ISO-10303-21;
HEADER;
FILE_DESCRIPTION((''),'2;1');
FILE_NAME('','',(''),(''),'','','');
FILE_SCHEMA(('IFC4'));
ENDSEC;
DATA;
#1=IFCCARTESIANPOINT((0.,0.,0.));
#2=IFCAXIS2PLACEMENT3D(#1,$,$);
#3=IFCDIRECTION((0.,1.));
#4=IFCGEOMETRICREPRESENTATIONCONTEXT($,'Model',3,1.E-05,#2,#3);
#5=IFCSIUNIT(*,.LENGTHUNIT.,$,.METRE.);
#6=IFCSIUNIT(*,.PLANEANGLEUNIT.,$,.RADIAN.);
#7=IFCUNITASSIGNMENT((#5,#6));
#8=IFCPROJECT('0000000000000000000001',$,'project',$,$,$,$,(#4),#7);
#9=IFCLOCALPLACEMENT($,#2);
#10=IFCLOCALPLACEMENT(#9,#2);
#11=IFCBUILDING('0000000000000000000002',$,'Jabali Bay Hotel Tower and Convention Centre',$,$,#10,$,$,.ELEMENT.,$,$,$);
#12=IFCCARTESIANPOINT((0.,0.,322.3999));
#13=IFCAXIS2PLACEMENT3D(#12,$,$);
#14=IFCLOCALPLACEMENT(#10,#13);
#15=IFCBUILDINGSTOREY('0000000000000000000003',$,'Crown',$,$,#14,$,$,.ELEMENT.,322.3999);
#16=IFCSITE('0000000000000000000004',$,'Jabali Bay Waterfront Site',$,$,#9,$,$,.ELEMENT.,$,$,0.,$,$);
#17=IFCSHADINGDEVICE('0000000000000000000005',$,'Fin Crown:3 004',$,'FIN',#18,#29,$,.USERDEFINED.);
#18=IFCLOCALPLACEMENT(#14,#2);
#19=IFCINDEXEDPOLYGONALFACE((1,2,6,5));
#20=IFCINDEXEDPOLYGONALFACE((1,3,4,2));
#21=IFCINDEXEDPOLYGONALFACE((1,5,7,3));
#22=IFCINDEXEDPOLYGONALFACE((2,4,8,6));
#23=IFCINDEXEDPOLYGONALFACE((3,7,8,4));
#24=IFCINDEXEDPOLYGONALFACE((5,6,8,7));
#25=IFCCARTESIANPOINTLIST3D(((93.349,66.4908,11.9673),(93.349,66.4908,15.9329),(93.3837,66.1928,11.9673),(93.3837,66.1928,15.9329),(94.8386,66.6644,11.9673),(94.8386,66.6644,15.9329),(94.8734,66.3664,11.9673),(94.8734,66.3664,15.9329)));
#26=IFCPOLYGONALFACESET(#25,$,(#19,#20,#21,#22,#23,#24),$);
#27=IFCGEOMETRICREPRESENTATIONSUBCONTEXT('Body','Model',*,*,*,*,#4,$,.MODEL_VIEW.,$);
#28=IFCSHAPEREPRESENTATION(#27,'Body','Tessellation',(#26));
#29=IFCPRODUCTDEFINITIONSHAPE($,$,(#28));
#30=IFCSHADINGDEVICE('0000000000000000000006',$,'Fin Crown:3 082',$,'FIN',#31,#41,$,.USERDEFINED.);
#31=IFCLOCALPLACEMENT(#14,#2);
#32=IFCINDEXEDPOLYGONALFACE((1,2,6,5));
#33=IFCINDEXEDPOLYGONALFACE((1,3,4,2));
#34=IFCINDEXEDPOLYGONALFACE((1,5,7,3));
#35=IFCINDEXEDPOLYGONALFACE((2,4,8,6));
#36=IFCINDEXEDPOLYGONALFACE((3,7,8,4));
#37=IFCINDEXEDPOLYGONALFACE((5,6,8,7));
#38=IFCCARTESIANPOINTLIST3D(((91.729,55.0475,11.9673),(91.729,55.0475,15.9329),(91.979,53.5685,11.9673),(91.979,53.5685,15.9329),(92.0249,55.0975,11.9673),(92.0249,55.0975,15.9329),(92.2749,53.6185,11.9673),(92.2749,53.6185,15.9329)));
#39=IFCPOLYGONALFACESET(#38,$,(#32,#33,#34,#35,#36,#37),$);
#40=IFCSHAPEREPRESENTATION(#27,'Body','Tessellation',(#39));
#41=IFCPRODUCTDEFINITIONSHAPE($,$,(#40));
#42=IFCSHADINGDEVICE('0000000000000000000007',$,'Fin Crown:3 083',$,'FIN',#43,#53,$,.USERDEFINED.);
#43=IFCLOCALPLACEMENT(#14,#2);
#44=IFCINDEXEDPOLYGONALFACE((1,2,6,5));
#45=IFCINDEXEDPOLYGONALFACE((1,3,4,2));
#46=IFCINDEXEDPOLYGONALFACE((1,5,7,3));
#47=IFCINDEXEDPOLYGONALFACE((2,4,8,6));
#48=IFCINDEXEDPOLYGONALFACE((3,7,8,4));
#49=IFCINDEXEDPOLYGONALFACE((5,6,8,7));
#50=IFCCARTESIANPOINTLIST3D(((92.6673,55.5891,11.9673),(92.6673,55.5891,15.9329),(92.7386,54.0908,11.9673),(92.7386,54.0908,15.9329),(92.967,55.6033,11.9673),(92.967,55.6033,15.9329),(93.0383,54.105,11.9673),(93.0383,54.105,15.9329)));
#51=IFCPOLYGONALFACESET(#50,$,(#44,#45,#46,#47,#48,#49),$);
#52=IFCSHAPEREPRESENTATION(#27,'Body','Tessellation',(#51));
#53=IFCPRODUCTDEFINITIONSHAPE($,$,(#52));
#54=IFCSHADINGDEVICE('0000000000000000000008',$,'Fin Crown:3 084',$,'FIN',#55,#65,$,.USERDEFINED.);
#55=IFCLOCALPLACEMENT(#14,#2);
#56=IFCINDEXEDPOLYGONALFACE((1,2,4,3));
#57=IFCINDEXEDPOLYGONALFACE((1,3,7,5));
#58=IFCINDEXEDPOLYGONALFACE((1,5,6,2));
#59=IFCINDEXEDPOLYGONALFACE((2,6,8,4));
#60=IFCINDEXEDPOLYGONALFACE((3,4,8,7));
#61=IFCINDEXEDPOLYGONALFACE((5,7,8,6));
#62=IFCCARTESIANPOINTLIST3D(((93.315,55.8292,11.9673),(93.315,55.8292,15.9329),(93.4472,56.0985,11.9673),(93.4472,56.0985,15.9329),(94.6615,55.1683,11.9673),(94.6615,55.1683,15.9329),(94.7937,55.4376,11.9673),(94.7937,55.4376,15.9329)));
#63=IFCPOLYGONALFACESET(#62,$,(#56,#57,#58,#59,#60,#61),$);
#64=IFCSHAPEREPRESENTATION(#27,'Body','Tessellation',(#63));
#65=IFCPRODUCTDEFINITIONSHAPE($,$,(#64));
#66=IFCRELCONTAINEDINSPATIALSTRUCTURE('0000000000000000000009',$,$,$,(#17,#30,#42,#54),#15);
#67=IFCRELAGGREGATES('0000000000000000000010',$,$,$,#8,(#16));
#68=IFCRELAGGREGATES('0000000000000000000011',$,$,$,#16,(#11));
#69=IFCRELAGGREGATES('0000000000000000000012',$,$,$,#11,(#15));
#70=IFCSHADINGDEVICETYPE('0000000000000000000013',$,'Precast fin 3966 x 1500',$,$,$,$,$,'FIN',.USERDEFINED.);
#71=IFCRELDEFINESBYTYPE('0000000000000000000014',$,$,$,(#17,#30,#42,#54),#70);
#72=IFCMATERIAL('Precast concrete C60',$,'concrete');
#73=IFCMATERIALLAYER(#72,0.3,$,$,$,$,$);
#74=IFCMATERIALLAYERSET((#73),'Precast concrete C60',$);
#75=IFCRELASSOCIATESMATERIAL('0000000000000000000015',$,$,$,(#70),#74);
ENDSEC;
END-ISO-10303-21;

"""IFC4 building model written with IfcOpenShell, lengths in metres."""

from ifc_helpers import new_model, si_unit, direction, frame, frame_2d, origin, place, context, subcontext, project, spatial, rectangle, extrude, material, layer, layer_set, type_object, element, save


model = new_model("IFC4")

# Units and contexts
model_context = context("Model", 3, precision=1e-05, world=origin(), true_north=direction((0.0, 1.0)))
body_context = subcontext(model_context, "Body", "Model", "MODEL_VIEW")
ifc_project = project(units=[si_unit("LENGTHUNIT", "METRE"), si_unit("PLANEANGLEUNIT", "RADIAN")], contexts=[model_context])

# Site, building, storey
site_placement = place(None, origin())
site = spatial("IfcSite", under=ifc_project, at=site_placement, Name="Jabali Bay Waterfront Site", CompositionType="ELEMENT", RefElevation=0.0)
building_placement = place(site_placement, origin())
building = spatial("IfcBuilding", under=site, at=building_placement, Name="Jabali Bay Hotel Tower and Convention Centre", CompositionType="ELEMENT")
storey_placement = place(building_placement, frame((0.0, 0.0, 322.3999)))
storey = spatial("IfcBuildingStorey", under=building, at=storey_placement, Name="Crown", CompositionType="ELEMENT", Elevation=322.3999)

# Shading devices
ifc_material_1 = material(Name="Precast concrete C60", Category="concrete")
ifc_layer = layer(ifc_material_1, 0.3)
ifc_layer_set = layer_set([ifc_layer], Name="Precast concrete C60")
shading_device_type = type_object("IfcShadingDeviceType", Name="Precast fin 3966 x 1500", ElementType="FIN", PredefinedType="USERDEFINED", material=ifc_layer_set)
for number, where, z_axis, x_axis, name in (
    (1, (93.3662, 66.3418, 11.9673), (0.0, 0.0, 1.0), (0.99328, 0.115736, 0.0), "Fin Crown:3 004"),
):
    element("IfcShadingDevice", number, at=place(storey_placement, frame(where, z_axis=z_axis, x_axis=x_axis)), inside=storey, type_object=shading_device_type, Name=name, ObjectType="FIN", PredefinedType="USERDEFINED", context=body_context, shape_type="SweptSolid", body=[
        extrude(rectangle(XDim=1.4998, YDim=0.3, at=frame_2d((0.75, 0.0))), origin(), (0.0, 0.0, 1.0), 3.9656),
    ])
for number, where, z_axis, x_axis, name in (
    (2, (91.877, 55.0725, 11.9673), (0.0, 0.0, 1.0), (0.166668, -0.986013, 0.0), "Fin Crown:3 082"),
    (3, (92.8171, 55.5962, 11.9673), (0.0, 0.0, 1.0), (0.047526, -0.99887, 0.0), "Fin Crown:3 083"),
    (4, (93.3811, 55.9639, 11.9673), (0.0, 0.0, 1.0), (0.897691, -0.440625, 0.0), "Fin Crown:3 084"),
):
    element("IfcShadingDevice", number, at=place(storey_placement, frame(where, z_axis=z_axis, x_axis=x_axis)), inside=storey, type_object=shading_device_type, Name=name, ObjectType="FIN", PredefinedType="USERDEFINED", context=body_context, shape_type="SweptSolid", body=[
        extrude(rectangle(XDim=1.5, YDim=0.3, at=frame_2d((0.75, 0.0))), origin(), (0.0, 0.0, 1.0), 3.9656),
    ])

save(model, "model.ifc")
